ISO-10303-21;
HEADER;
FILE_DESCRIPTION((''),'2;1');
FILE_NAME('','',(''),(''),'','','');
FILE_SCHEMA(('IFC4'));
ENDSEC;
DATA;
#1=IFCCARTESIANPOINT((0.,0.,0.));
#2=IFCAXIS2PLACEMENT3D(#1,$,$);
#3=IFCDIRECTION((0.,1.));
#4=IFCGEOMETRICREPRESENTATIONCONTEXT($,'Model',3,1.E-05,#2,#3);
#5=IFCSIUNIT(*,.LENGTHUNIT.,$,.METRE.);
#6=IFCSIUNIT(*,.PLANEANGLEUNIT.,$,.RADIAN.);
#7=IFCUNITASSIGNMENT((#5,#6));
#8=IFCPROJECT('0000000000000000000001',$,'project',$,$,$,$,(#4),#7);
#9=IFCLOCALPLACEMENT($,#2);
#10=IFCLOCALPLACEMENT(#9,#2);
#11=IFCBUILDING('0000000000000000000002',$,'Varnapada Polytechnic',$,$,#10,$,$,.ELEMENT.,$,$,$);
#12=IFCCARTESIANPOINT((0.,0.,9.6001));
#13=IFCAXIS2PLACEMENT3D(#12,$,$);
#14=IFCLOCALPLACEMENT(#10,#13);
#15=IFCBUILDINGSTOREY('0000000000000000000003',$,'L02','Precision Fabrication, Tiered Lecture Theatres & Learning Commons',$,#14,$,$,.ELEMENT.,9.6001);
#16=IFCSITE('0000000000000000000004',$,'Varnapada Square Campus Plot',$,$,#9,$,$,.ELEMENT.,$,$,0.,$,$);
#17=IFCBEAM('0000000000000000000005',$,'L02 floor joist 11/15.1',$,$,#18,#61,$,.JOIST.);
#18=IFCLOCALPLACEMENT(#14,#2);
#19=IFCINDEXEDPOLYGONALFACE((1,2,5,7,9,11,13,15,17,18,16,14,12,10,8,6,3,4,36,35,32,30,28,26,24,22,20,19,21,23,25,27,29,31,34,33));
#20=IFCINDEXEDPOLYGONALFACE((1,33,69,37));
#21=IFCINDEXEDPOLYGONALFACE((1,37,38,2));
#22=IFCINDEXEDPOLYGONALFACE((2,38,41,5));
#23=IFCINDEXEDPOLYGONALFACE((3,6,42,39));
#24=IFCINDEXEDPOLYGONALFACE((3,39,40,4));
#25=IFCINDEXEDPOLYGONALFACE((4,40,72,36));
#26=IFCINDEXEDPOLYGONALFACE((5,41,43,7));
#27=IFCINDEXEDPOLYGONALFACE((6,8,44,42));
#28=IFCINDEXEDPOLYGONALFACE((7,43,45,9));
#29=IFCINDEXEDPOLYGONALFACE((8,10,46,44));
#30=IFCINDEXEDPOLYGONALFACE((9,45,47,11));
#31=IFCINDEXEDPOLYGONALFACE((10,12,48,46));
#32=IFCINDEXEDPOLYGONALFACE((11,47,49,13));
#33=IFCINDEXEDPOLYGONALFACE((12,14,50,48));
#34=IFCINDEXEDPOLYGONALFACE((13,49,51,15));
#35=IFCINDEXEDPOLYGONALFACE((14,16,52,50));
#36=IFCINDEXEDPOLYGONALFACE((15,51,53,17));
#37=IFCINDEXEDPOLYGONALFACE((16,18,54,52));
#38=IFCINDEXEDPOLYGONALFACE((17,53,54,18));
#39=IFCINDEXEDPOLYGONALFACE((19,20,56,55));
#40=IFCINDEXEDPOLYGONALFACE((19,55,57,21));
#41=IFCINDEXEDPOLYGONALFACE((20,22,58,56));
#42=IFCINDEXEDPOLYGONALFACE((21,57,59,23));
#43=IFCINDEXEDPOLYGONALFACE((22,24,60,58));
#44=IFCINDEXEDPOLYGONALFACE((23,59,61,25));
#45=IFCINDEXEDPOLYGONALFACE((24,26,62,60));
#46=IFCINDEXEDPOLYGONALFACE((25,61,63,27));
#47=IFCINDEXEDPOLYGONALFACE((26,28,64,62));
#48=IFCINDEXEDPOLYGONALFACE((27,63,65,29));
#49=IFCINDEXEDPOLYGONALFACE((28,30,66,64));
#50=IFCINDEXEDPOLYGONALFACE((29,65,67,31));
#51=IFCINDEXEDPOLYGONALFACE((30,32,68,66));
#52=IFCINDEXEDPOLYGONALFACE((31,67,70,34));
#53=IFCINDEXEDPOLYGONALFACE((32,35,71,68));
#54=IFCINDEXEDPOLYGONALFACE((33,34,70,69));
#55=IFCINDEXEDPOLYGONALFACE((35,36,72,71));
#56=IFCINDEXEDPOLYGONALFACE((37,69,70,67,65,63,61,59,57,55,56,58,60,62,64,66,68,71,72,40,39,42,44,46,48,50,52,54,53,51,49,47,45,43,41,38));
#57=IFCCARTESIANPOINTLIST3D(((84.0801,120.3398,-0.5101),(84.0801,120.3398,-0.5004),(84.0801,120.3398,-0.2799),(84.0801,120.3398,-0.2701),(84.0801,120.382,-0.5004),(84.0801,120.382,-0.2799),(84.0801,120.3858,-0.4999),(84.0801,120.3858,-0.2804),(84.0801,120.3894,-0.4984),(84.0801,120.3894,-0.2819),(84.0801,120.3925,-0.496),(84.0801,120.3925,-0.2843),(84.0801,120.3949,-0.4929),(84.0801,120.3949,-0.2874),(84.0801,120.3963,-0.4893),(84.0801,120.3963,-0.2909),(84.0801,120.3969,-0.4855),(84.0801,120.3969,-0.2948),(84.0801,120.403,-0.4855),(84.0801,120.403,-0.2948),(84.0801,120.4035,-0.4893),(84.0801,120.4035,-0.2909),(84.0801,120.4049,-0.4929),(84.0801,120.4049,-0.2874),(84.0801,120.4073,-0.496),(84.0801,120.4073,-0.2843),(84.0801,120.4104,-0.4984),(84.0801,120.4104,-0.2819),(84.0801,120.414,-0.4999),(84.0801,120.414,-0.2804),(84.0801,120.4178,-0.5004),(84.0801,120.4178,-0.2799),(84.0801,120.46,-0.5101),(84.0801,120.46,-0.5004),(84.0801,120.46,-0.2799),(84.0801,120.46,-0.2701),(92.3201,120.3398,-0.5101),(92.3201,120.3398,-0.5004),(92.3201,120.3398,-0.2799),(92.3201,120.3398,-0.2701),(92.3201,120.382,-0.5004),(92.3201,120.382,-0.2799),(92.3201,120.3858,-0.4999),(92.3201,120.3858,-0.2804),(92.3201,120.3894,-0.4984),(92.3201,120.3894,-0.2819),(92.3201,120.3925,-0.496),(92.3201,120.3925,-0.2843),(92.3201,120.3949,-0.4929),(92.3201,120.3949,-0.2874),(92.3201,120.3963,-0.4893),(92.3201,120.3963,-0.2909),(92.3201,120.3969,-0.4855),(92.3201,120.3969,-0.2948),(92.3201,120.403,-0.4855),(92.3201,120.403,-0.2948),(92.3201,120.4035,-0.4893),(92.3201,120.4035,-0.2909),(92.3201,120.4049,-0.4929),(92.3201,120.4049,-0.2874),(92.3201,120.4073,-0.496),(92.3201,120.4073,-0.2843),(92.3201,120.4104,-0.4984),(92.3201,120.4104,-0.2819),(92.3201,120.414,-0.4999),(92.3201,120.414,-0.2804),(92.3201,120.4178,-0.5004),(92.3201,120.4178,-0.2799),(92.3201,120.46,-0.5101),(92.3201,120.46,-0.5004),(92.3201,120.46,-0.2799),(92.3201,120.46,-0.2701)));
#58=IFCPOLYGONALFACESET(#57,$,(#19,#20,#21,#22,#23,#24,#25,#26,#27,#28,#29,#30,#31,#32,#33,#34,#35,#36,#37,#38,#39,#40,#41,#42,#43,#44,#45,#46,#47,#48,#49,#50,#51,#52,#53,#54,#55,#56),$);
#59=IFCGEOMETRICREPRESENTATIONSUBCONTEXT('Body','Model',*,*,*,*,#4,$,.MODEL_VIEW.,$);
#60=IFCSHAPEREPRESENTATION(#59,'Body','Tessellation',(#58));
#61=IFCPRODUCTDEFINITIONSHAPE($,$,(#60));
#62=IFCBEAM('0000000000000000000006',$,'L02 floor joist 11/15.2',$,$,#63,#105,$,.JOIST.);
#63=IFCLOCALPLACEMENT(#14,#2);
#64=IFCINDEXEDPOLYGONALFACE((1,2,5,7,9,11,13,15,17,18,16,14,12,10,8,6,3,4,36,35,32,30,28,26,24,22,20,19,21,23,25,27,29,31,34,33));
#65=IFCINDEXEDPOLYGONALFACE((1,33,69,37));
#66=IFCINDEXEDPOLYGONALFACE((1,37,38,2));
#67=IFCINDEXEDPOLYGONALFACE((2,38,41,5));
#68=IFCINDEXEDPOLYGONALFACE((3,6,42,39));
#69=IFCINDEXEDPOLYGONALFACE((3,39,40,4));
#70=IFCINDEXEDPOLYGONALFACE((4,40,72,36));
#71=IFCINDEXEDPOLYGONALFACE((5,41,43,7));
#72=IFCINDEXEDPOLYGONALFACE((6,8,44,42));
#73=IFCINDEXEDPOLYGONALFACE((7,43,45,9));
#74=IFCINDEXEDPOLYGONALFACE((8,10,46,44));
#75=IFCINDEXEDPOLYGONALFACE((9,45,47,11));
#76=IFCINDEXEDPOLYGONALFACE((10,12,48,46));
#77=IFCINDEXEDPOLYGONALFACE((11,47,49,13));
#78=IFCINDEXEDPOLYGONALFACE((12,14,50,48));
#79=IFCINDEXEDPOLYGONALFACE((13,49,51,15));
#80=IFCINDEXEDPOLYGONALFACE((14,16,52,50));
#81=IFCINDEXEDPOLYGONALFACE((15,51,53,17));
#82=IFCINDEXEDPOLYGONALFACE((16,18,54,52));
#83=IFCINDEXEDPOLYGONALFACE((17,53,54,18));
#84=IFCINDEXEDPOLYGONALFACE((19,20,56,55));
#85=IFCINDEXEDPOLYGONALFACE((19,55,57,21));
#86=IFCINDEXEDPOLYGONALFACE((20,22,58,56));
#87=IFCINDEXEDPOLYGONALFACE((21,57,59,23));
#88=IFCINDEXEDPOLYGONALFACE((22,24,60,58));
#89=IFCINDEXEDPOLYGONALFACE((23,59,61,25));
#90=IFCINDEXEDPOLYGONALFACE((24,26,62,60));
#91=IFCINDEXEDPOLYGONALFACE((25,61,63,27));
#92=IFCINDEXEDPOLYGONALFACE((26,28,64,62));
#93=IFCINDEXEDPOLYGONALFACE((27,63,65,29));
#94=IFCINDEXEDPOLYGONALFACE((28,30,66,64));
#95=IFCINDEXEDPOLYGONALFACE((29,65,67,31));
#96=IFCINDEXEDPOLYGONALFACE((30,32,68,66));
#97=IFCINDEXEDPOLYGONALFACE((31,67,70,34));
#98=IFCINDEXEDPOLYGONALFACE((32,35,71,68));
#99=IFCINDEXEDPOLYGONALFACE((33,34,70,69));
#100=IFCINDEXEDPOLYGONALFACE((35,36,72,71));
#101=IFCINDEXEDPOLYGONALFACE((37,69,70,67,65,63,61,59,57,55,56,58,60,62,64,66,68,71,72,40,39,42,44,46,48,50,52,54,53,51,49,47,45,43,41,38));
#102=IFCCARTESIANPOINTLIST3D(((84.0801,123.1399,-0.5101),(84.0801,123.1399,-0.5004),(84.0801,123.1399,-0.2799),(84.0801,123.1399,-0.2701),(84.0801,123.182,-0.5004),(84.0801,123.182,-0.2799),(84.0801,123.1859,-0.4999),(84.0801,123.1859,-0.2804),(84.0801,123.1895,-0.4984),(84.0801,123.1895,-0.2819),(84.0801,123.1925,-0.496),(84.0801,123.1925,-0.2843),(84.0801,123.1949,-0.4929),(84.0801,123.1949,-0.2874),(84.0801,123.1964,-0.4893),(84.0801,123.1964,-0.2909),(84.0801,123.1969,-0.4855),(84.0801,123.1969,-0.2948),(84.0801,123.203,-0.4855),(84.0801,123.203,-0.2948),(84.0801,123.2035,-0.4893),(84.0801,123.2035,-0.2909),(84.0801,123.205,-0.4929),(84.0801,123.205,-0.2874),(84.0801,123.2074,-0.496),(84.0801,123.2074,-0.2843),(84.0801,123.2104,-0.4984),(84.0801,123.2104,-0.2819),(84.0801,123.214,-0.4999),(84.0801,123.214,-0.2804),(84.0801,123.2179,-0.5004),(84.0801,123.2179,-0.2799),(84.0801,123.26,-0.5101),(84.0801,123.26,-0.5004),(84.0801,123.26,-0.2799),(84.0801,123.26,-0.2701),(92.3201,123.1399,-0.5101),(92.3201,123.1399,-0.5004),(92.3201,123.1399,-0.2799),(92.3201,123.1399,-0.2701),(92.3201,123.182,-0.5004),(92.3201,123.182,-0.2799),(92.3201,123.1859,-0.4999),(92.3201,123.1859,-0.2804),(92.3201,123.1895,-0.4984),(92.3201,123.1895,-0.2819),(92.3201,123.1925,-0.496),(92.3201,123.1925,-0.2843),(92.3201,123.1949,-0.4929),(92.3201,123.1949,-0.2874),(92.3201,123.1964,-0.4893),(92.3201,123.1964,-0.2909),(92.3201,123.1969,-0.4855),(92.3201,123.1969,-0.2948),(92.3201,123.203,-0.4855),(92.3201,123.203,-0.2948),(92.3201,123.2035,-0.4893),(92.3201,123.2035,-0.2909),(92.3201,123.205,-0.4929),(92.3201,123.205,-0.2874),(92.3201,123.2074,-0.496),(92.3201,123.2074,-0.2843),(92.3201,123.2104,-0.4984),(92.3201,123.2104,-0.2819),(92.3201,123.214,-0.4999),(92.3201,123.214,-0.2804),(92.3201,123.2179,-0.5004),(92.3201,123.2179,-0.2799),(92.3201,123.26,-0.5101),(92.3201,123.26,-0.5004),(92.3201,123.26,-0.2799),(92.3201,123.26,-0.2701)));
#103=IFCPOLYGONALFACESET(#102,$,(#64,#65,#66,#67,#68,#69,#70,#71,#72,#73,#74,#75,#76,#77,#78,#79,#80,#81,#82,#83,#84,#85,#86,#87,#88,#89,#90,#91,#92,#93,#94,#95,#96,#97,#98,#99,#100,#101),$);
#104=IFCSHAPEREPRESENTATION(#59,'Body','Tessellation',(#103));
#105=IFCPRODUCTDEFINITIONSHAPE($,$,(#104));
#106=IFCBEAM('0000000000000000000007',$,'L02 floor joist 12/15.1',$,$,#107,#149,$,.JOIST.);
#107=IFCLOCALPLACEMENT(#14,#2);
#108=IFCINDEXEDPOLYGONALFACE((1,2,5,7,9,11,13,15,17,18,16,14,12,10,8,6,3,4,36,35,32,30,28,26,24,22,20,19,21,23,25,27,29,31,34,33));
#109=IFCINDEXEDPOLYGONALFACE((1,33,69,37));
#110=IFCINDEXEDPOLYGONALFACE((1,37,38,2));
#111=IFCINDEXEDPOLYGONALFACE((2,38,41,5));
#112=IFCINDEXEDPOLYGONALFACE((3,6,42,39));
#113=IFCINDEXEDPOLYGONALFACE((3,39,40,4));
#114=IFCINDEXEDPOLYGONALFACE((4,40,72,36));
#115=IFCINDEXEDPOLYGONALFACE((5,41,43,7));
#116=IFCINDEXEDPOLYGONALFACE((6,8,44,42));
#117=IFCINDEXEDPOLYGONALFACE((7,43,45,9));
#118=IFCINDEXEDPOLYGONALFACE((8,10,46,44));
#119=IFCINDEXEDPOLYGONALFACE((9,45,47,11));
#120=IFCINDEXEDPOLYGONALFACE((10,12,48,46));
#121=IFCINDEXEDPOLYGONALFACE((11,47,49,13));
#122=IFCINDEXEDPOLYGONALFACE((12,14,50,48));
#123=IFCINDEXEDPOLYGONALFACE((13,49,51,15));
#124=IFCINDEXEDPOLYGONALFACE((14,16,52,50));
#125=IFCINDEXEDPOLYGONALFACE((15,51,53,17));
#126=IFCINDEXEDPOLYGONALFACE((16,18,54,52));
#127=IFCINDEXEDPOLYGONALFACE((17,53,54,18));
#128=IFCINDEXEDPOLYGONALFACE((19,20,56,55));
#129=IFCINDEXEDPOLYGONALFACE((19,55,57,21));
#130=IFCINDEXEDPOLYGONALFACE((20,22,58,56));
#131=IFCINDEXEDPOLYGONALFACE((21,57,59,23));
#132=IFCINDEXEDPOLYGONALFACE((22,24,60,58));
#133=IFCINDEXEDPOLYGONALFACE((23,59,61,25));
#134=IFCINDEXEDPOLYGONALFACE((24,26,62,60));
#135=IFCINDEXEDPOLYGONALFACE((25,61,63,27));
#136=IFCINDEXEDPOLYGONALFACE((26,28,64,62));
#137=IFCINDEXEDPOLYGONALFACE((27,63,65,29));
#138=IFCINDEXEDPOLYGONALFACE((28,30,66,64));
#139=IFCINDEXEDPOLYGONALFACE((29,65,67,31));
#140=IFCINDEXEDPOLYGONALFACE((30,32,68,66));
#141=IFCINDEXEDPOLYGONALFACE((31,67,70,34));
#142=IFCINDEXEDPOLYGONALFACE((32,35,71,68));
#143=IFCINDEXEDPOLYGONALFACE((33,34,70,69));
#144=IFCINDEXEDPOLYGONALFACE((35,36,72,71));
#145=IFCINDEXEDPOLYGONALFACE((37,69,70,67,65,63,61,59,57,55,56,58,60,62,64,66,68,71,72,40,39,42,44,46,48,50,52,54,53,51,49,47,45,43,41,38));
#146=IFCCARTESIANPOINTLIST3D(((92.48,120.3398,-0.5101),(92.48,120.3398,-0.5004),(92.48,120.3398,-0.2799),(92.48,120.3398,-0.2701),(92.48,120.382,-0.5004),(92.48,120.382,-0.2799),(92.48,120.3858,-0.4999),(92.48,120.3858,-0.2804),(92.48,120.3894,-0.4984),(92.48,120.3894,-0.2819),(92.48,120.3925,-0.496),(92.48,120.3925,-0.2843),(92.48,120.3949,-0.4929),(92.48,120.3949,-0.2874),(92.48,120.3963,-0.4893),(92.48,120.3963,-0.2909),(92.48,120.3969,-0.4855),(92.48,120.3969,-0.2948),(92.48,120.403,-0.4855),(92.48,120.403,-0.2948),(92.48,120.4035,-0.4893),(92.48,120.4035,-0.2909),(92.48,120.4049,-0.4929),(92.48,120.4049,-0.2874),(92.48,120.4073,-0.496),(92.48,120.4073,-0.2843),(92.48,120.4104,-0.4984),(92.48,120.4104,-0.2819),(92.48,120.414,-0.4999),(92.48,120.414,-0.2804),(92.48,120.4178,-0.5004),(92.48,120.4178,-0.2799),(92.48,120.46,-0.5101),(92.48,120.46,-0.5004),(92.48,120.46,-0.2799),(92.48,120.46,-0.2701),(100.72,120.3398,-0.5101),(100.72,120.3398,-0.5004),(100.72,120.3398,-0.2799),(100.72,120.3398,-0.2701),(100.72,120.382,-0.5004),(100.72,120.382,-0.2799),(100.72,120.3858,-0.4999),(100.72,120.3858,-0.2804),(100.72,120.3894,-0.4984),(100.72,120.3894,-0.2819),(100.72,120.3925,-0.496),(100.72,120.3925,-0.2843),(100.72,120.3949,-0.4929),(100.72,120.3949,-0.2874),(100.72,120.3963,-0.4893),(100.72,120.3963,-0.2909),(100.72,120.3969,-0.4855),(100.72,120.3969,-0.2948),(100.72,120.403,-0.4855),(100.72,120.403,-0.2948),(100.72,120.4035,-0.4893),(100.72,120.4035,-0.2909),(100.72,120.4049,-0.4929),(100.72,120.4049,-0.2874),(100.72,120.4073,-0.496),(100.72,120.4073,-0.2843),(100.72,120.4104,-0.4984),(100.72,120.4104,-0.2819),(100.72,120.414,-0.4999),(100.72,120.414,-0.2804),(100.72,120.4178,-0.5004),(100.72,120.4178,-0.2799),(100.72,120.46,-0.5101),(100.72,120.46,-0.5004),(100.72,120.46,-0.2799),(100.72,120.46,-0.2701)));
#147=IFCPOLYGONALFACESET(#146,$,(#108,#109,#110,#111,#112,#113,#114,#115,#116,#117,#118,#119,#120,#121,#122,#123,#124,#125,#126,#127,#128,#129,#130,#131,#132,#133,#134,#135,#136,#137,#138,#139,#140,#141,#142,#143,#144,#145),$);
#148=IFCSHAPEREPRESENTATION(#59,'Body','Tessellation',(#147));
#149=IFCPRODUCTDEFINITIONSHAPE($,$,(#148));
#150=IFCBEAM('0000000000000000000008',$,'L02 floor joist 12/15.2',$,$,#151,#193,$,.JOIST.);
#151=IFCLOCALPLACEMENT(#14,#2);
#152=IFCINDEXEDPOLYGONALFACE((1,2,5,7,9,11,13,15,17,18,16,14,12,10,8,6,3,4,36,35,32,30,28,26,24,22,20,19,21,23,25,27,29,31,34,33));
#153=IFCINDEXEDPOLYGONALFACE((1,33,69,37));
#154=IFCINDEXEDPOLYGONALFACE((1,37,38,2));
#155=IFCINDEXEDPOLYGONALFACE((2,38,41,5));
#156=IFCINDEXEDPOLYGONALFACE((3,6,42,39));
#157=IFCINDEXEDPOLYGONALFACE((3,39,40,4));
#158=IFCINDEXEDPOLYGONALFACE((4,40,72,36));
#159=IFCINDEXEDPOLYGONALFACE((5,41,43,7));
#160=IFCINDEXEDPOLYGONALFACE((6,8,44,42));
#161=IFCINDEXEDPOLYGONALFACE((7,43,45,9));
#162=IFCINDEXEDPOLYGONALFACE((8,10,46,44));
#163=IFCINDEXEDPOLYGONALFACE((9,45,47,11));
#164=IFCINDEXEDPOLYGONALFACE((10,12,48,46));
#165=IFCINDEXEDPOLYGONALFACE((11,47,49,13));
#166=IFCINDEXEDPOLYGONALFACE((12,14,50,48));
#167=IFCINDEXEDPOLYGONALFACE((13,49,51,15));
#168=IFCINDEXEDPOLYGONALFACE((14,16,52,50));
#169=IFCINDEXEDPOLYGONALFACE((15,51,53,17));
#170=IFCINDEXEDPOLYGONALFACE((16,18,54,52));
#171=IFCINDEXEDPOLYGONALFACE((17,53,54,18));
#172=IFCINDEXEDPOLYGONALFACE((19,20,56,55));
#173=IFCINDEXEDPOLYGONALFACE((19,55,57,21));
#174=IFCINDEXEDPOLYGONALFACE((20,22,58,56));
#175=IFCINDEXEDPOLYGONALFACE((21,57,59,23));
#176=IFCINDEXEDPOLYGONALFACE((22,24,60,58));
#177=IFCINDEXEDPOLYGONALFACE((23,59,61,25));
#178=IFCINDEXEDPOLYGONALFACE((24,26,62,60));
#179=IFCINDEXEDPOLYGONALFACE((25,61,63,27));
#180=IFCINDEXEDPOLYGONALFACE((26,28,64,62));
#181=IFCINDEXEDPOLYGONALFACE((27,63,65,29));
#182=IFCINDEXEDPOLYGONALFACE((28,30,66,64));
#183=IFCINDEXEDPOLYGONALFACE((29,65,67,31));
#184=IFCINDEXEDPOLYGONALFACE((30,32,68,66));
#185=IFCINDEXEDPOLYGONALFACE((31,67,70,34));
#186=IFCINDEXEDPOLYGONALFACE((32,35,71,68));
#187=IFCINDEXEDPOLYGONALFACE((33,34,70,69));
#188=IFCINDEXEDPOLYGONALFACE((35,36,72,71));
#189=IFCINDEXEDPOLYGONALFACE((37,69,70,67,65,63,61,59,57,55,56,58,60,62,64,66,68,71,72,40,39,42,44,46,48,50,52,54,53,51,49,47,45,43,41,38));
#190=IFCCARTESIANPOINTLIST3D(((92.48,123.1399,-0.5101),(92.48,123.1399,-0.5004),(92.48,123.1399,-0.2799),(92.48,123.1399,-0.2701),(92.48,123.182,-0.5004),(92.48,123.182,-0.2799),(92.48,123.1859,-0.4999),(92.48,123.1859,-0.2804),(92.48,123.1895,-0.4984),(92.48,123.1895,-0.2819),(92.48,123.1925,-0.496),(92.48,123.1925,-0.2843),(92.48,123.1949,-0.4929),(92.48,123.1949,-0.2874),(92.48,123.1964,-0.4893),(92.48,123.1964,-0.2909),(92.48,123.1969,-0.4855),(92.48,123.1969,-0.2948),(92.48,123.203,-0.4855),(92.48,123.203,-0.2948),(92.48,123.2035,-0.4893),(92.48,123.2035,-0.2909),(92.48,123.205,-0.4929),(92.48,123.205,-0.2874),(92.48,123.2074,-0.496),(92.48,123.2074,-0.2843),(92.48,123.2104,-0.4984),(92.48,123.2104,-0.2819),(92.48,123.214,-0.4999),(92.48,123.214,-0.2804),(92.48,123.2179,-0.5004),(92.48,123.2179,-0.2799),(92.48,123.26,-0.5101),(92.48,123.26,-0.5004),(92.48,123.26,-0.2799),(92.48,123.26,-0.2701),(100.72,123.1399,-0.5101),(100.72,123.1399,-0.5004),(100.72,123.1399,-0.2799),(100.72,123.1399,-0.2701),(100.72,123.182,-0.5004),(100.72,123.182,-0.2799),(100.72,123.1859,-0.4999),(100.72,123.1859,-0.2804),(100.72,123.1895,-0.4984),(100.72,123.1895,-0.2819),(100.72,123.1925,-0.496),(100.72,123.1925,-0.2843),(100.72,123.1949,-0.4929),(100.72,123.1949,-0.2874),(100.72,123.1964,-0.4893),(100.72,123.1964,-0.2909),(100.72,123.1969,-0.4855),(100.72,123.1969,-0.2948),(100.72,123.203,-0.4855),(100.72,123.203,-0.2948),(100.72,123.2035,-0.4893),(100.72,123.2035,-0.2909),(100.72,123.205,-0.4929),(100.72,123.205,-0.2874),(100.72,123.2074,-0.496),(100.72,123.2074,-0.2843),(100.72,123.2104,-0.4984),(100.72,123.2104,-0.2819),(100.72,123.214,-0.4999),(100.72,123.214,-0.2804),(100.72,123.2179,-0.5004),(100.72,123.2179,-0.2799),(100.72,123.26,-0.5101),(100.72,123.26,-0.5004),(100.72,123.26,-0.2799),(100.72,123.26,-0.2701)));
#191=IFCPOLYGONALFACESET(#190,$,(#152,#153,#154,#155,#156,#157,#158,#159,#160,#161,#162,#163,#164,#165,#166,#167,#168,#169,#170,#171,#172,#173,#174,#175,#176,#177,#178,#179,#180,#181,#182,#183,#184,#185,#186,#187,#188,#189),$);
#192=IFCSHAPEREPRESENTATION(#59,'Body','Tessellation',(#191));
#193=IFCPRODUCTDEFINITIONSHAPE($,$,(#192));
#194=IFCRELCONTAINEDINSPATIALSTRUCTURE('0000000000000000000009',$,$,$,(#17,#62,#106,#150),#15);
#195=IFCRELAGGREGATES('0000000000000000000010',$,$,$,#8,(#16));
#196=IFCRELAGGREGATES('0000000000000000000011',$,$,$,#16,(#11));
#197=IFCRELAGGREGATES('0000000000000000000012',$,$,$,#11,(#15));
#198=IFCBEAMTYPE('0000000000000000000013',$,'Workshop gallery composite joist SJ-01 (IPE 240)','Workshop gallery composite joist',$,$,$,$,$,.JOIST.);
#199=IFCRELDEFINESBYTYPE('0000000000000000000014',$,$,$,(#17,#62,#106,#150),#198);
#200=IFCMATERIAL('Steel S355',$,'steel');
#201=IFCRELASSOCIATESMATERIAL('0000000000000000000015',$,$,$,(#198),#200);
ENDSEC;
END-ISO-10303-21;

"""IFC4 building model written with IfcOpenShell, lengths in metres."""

from ifc_helpers import new_model, si_unit, direction, frame, origin, origin_2d, place, context, subcontext, project, spatial, i_section, extrude, material, material_profile, profile_set, type_object, element, save


model = new_model("IFC4")

# Units and contexts
model_context = context("Model", 3, precision=1e-05, world=origin(), true_north=direction((0.0, 1.0)))
body_context = subcontext(model_context, "Body", "Model", "MODEL_VIEW")
ifc_project = project(units=[si_unit("LENGTHUNIT", "METRE"), si_unit("PLANEANGLEUNIT", "RADIAN")], contexts=[model_context])

# Site, building, storey
site_placement = place(None, origin())
site = spatial("IfcSite", under=ifc_project, at=site_placement, Name="Varnapada Square Campus Plot", CompositionType="ELEMENT", RefElevation=0.0)
building_placement = place(site_placement, origin())
building = spatial("IfcBuilding", under=site, at=building_placement, Name="Varnapada Polytechnic", CompositionType="ELEMENT")
storey_placement = place(building_placement, frame((0.0, 0.0, 9.6001)))
storey = spatial("IfcBuildingStorey", under=building, at=storey_placement, Name="L02", Description="Precision Fabrication, Tiered Lecture Theatres & Learning Commons", CompositionType="ELEMENT", Elevation=9.6001)

# Beams
ifc_material_1 = material(Name="Steel S355", Category="steel")
ifc_material_profile_1 = material_profile(ifc_material_1, i_section(OverallWidth=0.1201, OverallDepth=0.24, WebThickness=0.0061, FlangeThickness=0.0098, FilletRadius=0.0149, at=origin_2d()), Name="IPE 240")
ifc_profile_set_1 = profile_set([ifc_material_profile_1], Name="Steel S355")
beam_type_1 = type_object("IfcBeamType", Name="Workshop gallery composite joist SJ-01 (IPE 240)", Description="Workshop gallery composite joist", PredefinedType="JOIST", material=ifc_profile_set_1)
for number, where, z_axis, x_axis, name in (
    (1, (84.0801, 120.3999, -0.3901), (1.0, 0.0, 0.0), (0.0, 1.0, 0.0), "L02 floor joist 11/15.1"),
    (2, (84.0801, 123.2, -0.3901), (1.0, 0.0, 0.0), (0.0, 1.0, 0.0), "L02 floor joist 11/15.2"),
    (3, (92.48, 120.3999, -0.3901), (1.0, 0.0, 0.0), (0.0, 1.0, 0.0), "L02 floor joist 12/15.1"),
    (4, (92.48, 123.2, -0.3901), (1.0, 0.0, 0.0), (0.0, 1.0, 0.0), "L02 floor joist 12/15.2"),
):
    element("IfcBeam", number, at=place(storey_placement, frame(where, z_axis=z_axis, x_axis=x_axis)), inside=storey, type_object=beam_type_1, Name=name, PredefinedType="JOIST", context=body_context, shape_type="SweptSolid", body=[
        extrude(i_section(OverallWidth=0.1201, OverallDepth=0.24, WebThickness=0.0061, FlangeThickness=0.0098, FilletRadius=0.0149, at=origin_2d()), origin(), (0.0, 0.0, 1.0), 8.24),
    ])

save(model, "model.ifc")
